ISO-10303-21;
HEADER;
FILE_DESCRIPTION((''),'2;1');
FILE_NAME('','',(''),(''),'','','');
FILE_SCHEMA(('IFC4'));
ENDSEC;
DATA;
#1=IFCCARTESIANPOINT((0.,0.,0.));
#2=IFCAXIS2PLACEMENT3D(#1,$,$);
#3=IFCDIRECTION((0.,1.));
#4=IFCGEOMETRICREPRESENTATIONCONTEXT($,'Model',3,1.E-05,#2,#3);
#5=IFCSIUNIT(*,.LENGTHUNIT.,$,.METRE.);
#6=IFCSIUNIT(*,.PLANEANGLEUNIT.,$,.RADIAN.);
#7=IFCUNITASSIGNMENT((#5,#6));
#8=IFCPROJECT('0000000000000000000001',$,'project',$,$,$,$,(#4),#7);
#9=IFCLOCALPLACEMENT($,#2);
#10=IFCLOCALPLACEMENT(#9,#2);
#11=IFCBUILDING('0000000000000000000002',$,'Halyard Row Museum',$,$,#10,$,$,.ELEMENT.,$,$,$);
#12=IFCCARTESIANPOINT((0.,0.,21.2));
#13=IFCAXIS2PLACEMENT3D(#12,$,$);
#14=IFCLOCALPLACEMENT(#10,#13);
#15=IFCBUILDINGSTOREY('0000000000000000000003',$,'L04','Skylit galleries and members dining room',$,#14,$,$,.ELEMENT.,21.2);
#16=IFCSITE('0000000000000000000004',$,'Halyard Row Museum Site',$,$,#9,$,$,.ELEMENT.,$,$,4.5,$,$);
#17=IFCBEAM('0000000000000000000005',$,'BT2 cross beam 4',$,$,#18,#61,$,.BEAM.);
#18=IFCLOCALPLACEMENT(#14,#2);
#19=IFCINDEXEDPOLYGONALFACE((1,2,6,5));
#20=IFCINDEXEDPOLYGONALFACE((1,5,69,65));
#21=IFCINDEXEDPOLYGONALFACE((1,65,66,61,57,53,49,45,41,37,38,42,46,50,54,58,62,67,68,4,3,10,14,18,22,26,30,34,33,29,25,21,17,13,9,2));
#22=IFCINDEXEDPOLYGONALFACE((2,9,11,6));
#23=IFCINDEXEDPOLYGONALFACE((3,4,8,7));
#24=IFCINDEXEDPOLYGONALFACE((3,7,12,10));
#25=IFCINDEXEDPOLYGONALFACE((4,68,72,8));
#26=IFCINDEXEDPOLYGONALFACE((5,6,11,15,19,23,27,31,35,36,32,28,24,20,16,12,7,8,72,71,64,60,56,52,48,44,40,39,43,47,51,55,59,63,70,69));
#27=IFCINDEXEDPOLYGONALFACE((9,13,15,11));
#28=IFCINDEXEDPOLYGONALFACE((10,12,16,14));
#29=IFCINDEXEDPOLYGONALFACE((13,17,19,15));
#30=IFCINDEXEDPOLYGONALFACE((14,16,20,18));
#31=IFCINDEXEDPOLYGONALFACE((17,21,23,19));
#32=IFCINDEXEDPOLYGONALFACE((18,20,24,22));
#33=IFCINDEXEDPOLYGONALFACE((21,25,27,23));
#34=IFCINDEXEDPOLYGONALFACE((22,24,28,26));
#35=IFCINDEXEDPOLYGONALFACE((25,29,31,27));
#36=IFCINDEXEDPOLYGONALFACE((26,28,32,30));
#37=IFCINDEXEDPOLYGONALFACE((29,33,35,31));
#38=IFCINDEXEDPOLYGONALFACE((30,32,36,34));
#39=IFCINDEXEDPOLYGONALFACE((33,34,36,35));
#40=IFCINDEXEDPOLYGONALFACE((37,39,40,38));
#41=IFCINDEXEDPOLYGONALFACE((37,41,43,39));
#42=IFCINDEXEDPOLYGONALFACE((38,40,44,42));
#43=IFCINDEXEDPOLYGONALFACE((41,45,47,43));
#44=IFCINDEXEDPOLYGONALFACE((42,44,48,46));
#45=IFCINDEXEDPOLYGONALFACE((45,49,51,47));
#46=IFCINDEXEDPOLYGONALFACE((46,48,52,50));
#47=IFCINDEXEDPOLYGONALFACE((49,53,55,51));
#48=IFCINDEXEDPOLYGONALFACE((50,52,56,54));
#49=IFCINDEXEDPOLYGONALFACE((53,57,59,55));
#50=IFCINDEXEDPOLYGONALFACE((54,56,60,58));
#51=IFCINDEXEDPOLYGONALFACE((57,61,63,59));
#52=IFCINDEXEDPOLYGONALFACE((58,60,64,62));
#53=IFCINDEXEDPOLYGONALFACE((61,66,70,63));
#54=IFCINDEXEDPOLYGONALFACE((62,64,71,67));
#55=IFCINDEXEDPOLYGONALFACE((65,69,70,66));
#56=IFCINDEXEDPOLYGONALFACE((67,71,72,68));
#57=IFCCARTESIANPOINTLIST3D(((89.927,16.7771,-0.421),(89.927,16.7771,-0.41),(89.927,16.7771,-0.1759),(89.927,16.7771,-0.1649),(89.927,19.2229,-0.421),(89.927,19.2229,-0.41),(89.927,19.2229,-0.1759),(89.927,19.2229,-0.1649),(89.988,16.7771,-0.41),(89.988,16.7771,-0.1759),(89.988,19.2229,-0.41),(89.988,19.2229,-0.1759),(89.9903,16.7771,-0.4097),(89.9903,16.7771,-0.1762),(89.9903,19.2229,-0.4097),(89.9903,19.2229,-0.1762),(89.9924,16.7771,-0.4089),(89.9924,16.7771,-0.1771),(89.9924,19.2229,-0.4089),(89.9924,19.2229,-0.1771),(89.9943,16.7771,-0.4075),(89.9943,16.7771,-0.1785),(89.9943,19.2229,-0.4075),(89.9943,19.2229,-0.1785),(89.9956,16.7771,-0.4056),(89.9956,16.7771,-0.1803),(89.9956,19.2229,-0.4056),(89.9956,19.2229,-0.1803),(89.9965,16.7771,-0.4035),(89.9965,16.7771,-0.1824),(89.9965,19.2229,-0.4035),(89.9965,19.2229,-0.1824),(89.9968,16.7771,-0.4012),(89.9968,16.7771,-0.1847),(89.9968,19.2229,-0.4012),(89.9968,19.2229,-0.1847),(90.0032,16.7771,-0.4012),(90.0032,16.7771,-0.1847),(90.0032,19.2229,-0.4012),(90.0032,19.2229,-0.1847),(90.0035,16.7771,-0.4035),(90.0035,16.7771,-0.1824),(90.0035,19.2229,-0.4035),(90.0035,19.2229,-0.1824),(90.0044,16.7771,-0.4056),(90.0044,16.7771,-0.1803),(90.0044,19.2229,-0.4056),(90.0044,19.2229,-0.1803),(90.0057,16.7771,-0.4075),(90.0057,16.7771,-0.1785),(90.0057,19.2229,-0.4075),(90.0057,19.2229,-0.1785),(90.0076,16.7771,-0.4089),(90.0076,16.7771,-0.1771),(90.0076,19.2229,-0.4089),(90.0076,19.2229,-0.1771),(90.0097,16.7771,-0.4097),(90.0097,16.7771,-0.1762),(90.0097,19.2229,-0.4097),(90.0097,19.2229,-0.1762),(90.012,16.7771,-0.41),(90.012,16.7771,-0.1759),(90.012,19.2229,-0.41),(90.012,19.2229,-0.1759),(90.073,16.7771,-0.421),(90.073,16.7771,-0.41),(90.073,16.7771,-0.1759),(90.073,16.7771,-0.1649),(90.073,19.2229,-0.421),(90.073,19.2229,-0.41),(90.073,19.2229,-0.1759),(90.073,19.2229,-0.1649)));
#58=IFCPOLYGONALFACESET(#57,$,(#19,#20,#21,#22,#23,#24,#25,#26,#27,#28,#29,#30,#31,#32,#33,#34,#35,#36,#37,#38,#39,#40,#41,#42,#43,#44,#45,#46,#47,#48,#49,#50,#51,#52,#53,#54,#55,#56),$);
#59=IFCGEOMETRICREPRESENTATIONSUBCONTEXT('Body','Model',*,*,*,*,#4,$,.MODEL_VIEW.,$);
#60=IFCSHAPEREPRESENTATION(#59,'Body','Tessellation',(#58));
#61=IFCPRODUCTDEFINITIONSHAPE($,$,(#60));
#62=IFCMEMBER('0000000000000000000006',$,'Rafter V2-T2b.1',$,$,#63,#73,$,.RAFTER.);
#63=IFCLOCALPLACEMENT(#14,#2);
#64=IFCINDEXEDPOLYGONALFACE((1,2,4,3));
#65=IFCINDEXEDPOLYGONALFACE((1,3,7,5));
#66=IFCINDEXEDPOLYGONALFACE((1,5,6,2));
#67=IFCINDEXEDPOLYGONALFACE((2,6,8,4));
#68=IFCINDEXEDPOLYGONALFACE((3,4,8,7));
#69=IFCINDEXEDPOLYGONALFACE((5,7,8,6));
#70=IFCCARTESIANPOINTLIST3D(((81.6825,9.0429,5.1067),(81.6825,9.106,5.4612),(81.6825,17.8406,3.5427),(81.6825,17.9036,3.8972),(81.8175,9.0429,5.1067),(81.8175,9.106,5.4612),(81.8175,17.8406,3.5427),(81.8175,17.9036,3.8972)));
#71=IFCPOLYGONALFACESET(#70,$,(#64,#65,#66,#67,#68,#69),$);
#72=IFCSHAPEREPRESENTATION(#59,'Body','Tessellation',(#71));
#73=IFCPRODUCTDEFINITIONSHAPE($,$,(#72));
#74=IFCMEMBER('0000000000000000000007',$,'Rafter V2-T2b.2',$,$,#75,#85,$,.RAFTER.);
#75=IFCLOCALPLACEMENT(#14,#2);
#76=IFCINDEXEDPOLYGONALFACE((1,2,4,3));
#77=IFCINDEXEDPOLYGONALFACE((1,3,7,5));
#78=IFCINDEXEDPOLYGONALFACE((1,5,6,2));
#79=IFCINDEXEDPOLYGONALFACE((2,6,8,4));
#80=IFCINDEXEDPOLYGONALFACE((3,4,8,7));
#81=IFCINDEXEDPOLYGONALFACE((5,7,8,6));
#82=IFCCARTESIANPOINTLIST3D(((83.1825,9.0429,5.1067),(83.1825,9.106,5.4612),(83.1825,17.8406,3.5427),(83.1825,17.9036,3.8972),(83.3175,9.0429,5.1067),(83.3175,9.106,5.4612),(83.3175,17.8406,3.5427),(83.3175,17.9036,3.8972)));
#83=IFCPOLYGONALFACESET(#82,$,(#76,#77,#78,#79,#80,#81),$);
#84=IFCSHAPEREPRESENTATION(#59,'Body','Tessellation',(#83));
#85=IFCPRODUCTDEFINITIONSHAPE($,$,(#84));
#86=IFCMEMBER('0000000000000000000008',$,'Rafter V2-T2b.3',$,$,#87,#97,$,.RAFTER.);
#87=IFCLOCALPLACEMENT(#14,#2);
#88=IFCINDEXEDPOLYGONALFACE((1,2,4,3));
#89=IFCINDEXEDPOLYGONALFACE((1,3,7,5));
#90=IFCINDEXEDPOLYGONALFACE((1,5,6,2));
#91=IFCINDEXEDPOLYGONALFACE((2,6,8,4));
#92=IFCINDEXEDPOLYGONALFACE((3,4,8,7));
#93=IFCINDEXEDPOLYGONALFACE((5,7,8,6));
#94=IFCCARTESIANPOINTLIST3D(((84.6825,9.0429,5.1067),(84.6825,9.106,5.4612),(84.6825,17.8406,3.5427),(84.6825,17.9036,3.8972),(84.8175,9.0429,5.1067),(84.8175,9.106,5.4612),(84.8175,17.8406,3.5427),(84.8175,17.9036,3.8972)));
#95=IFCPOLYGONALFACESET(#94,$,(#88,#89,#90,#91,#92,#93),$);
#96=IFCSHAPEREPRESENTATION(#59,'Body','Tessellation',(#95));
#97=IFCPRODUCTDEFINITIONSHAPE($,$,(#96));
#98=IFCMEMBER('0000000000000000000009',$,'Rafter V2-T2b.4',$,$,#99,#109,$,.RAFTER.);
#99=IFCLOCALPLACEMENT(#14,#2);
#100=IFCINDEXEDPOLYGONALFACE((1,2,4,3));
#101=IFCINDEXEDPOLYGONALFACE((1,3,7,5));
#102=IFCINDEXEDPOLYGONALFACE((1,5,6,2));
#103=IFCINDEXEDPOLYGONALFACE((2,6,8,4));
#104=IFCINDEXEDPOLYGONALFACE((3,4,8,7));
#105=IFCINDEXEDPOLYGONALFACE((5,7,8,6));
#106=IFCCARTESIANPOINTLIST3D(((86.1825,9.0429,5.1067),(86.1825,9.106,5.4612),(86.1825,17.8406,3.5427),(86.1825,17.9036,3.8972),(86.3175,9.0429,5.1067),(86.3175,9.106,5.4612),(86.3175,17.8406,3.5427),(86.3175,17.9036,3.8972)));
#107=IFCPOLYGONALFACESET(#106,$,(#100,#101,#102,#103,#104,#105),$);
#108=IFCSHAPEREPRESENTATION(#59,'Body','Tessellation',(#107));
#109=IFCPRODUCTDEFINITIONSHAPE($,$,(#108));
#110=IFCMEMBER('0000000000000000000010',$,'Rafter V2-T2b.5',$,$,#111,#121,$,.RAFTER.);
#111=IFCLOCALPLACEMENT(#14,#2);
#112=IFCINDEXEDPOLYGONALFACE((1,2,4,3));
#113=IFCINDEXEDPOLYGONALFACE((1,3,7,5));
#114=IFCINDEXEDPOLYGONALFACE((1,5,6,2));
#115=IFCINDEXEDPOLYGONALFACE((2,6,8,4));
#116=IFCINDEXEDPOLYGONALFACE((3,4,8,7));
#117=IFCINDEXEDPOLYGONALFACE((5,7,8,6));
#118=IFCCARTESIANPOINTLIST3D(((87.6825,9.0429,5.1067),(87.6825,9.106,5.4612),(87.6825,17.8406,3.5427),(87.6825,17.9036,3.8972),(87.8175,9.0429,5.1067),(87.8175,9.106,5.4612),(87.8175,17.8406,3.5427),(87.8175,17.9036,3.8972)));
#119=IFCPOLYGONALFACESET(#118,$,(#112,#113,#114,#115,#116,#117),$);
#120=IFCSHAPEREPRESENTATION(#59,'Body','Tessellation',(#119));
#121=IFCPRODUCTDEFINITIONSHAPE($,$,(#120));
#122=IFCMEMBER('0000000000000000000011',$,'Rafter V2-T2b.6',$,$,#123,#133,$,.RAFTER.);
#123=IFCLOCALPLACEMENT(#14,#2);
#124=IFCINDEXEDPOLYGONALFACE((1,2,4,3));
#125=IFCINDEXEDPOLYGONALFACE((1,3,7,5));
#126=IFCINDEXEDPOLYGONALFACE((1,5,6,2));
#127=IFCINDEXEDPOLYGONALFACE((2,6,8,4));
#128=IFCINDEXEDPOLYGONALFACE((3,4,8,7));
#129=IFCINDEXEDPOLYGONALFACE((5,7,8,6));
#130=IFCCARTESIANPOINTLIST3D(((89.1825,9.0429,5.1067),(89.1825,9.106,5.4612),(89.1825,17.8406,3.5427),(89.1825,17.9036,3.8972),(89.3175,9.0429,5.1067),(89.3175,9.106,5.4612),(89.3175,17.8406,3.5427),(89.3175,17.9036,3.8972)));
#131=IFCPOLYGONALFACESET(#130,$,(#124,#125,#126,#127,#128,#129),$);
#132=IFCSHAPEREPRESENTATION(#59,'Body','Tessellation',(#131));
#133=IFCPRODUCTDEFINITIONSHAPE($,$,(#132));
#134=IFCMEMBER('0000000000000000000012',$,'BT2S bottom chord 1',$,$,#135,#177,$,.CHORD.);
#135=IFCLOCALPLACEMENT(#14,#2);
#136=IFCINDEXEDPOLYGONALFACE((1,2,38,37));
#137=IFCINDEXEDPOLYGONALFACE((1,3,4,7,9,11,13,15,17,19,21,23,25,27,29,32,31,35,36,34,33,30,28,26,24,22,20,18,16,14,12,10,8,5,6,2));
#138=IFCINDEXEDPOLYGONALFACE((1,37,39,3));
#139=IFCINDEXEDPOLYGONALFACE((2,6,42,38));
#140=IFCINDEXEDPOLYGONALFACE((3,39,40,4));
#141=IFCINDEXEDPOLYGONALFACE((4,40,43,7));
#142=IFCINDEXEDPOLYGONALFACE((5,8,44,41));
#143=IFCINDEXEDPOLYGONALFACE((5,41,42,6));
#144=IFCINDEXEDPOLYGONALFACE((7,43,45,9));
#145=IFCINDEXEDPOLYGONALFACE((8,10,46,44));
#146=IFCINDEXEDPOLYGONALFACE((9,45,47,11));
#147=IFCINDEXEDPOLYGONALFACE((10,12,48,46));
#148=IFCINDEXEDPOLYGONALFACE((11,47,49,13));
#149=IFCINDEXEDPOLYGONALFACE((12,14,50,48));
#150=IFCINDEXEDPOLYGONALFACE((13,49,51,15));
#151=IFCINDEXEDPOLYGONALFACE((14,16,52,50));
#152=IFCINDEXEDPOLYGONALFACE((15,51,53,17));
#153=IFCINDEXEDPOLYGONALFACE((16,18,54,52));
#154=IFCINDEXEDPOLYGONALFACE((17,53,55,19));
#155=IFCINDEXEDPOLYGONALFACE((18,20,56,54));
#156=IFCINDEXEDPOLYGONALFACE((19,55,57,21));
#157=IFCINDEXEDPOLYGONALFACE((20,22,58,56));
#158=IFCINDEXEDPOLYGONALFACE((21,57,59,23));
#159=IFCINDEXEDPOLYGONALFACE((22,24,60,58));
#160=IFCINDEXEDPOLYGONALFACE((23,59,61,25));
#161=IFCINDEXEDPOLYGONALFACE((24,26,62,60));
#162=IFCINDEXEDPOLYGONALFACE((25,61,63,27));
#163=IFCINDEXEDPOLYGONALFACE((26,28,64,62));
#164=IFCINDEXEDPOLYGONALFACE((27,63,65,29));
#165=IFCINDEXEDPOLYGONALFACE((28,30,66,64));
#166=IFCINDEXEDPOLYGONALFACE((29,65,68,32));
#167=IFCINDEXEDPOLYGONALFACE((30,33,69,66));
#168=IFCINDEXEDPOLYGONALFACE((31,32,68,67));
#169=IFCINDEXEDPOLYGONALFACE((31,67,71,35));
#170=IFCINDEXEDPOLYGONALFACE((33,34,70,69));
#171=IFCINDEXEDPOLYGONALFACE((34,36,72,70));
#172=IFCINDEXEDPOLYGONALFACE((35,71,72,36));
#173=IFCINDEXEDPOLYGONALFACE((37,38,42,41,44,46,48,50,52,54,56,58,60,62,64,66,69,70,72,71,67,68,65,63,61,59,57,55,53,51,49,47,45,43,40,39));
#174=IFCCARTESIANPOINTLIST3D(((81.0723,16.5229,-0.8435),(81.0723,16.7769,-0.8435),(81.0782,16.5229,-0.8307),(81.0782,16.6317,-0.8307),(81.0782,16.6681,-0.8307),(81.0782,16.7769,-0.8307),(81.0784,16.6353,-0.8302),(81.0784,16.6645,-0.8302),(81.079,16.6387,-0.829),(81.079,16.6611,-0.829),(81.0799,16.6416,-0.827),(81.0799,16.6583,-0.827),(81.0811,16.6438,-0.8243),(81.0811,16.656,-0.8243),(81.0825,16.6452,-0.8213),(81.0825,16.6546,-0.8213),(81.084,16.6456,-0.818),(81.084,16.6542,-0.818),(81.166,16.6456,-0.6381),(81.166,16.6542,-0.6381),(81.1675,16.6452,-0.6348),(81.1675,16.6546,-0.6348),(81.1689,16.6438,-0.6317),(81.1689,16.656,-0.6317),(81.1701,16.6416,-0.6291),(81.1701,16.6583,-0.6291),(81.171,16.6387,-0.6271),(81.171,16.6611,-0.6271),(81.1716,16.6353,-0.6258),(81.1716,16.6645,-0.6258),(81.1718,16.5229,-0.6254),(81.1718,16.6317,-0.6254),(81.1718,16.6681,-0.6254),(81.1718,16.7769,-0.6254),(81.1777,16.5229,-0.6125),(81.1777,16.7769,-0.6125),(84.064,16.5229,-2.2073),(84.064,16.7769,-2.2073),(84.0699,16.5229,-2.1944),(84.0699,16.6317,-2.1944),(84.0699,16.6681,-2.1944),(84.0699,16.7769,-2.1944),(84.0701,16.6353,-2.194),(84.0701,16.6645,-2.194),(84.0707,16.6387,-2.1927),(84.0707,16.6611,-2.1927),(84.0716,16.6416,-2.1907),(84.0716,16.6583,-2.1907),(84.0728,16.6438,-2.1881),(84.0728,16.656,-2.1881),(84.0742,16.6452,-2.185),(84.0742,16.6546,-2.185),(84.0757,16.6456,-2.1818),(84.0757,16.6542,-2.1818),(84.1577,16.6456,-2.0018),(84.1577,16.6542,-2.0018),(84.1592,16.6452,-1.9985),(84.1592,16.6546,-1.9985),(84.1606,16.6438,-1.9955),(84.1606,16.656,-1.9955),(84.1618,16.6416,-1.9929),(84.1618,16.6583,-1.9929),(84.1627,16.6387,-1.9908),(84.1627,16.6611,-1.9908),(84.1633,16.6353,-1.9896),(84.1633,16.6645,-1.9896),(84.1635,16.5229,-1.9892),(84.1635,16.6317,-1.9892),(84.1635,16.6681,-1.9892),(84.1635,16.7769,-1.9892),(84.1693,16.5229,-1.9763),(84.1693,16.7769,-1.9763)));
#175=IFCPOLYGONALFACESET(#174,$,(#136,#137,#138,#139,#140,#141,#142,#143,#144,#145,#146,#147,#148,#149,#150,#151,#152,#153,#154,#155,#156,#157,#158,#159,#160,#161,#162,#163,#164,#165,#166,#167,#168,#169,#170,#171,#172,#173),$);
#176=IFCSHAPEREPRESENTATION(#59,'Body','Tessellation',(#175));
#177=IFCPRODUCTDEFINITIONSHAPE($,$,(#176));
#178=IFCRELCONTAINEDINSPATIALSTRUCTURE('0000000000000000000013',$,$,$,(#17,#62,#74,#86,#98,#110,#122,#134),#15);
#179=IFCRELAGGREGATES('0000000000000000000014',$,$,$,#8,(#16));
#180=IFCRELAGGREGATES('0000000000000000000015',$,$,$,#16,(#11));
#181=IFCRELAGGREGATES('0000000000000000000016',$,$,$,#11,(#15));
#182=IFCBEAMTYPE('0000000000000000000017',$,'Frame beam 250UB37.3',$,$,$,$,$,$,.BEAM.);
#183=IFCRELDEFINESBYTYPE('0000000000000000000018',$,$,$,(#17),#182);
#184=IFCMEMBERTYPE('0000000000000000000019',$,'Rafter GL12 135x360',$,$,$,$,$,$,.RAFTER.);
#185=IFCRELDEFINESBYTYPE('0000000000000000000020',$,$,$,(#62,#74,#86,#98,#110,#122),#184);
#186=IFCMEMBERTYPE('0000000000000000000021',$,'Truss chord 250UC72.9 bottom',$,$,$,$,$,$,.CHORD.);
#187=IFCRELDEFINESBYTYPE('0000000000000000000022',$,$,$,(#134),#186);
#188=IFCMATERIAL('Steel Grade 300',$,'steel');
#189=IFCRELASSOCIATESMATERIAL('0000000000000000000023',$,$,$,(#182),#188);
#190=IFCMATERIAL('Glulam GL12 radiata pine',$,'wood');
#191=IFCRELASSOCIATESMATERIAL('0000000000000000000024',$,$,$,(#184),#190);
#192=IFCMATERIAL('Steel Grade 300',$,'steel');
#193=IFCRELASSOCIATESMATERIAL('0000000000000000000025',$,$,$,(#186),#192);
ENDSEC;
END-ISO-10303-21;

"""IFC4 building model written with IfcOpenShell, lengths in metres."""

from ifc_helpers import new_model, si_unit, direction, frame, origin, origin_2d, place, context, subcontext, project, spatial, rectangle, i_section, extrude, material, material_profile, profile_set, type_object, element, save


model = new_model("IFC4")

# Units and contexts
model_context = context("Model", 3, precision=1e-05, world=origin(), true_north=direction((0.0, 1.0)))
body_context = subcontext(model_context, "Body", "Model", "MODEL_VIEW")
ifc_project = project(units=[si_unit("LENGTHUNIT", "METRE"), si_unit("PLANEANGLEUNIT", "RADIAN")], contexts=[model_context])

# Site, building, storey
site_placement = place(None, origin())
site = spatial("IfcSite", under=ifc_project, at=site_placement, Name="Halyard Row Museum Site", CompositionType="ELEMENT", RefElevation=4.5)
building_placement = place(site_placement, origin())
building = spatial("IfcBuilding", under=site, at=building_placement, Name="Halyard Row Museum", CompositionType="ELEMENT")
storey_placement = place(building_placement, frame((0.0, 0.0, 21.2)))
storey = spatial("IfcBuildingStorey", under=building, at=storey_placement, Name="L04", Description="Skylit galleries and members dining room", CompositionType="ELEMENT", Elevation=21.2)

# Beam
ifc_material_1 = material(Name="Steel Grade 300", Category="steel")
ifc_material_profile_1 = material_profile(ifc_material_1, i_section(OverallWidth=0.146, OverallDepth=0.2561, WebThickness=0.0063, FlangeThickness=0.011, FilletRadius=0.0088, at=origin_2d()), Name="250UB37.3")
ifc_profile_set_1 = profile_set([ifc_material_profile_1], Name="Steel Grade 300")
beam_type_1 = type_object("IfcBeamType", Name="Frame beam 250UB37.3", PredefinedType="BEAM", material=ifc_profile_set_1)
for number, where, z_axis, x_axis, name in (
    (1, (90.0, 16.7771, -0.293), (0.0, 1.0, 0.0), (-1.0, 0.0, 0.0), "BT2 cross beam 4"),
):
    element("IfcBeam", number, at=place(storey_placement, frame(where, z_axis=z_axis, x_axis=x_axis)), inside=storey, type_object=beam_type_1, Name=name, PredefinedType="BEAM", context=body_context, shape_type="SweptSolid", body=[
        extrude(i_section(OverallWidth=0.146, OverallDepth=0.2561, WebThickness=0.0063, FlangeThickness=0.011, FilletRadius=0.0088, at=origin_2d()), origin(), (0.0, 0.0, 1.0), 2.4458),
    ])

# Members
ifc_material_2 = material(Name="Glulam GL12 radiata pine", Category="wood")
ifc_material_profile_2 = material_profile(ifc_material_2, rectangle(XDim=0.135, YDim=0.3601, at=origin_2d()), Name="GL12 135x360")
ifc_profile_set_2 = profile_set([ifc_material_profile_2], Name="Glulam GL12 radiata pine")
member_type_1 = type_object("IfcMemberType", Name="Rafter GL12 135x360", PredefinedType="RAFTER", material=ifc_profile_set_2)
for number, where, z_axis, x_axis, name in (
    (2, (81.75, 9.0745, 5.2839), (0.0, 0.984564, -0.175027), (-1.0, 0.0, 0.0), "Rafter V2-T2b.1"),
    (3, (83.25, 9.0745, 5.2839), (0.0, 0.984564, -0.175027), (-1.0, 0.0, 0.0), "Rafter V2-T2b.2"),
    (4, (84.75, 9.0745, 5.2839), (0.0, 0.984564, -0.175027), (-1.0, 0.0, 0.0), "Rafter V2-T2b.3"),
    (5, (86.25, 9.0745, 5.2839), (0.0, 0.984564, -0.175027), (-1.0, 0.0, 0.0), "Rafter V2-T2b.4"),
    (6, (87.75, 9.0745, 5.2839), (0.0, 0.984564, -0.175027), (-1.0, 0.0, 0.0), "Rafter V2-T2b.5"),
    (7, (89.25, 9.0745, 5.2839), (0.0, 0.984564, -0.175027), (-1.0, 0.0, 0.0), "Rafter V2-T2b.6"),
):
    element("IfcMember", number, at=place(storey_placement, frame(where, z_axis=z_axis, x_axis=x_axis)), inside=storey, type_object=member_type_1, Name=name, PredefinedType="RAFTER", context=body_context, shape_type="SweptSolid", body=[
        extrude(rectangle(XDim=0.135, YDim=0.3601, at=origin_2d()), origin(), (0.0, 0.0, 1.0), 8.9355),
    ])
ifc_material_3 = material(Name="Steel Grade 300", Category="steel")
ifc_material_profile_3 = material_profile(ifc_material_3, i_section(OverallWidth=0.2539, OverallDepth=0.2539, WebThickness=0.0085, FlangeThickness=0.0142, FilletRadius=0.0139, at=origin_2d()), Name="250UC72.9")
ifc_profile_set_3 = profile_set([ifc_material_profile_3], Name="Steel Grade 300")
member_type_2 = type_object("IfcMemberType", Name="Truss chord 250UC72.9 bottom", PredefinedType="CHORD", material=ifc_profile_set_3)
member_1_placement = place(storey_placement, frame((81.125, 16.6499, -0.728), z_axis=(0.909918, 0.0, -0.414787), x_axis=(0.0, 1.0, 0.0)))
element("IfcMember", 8, at=member_1_placement, inside=storey, type_object=member_type_2, Name="BT2S bottom chord 1", PredefinedType="CHORD", context=body_context, shape_type="SweptSolid", body=[
    extrude(i_section(OverallWidth=0.2539, OverallDepth=0.2539, WebThickness=0.0085, FlangeThickness=0.0142, FilletRadius=0.0139, at=origin_2d()), origin(), (0.0, 0.0, 1.0), 3.2878),
])

save(model, "model.ifc")
